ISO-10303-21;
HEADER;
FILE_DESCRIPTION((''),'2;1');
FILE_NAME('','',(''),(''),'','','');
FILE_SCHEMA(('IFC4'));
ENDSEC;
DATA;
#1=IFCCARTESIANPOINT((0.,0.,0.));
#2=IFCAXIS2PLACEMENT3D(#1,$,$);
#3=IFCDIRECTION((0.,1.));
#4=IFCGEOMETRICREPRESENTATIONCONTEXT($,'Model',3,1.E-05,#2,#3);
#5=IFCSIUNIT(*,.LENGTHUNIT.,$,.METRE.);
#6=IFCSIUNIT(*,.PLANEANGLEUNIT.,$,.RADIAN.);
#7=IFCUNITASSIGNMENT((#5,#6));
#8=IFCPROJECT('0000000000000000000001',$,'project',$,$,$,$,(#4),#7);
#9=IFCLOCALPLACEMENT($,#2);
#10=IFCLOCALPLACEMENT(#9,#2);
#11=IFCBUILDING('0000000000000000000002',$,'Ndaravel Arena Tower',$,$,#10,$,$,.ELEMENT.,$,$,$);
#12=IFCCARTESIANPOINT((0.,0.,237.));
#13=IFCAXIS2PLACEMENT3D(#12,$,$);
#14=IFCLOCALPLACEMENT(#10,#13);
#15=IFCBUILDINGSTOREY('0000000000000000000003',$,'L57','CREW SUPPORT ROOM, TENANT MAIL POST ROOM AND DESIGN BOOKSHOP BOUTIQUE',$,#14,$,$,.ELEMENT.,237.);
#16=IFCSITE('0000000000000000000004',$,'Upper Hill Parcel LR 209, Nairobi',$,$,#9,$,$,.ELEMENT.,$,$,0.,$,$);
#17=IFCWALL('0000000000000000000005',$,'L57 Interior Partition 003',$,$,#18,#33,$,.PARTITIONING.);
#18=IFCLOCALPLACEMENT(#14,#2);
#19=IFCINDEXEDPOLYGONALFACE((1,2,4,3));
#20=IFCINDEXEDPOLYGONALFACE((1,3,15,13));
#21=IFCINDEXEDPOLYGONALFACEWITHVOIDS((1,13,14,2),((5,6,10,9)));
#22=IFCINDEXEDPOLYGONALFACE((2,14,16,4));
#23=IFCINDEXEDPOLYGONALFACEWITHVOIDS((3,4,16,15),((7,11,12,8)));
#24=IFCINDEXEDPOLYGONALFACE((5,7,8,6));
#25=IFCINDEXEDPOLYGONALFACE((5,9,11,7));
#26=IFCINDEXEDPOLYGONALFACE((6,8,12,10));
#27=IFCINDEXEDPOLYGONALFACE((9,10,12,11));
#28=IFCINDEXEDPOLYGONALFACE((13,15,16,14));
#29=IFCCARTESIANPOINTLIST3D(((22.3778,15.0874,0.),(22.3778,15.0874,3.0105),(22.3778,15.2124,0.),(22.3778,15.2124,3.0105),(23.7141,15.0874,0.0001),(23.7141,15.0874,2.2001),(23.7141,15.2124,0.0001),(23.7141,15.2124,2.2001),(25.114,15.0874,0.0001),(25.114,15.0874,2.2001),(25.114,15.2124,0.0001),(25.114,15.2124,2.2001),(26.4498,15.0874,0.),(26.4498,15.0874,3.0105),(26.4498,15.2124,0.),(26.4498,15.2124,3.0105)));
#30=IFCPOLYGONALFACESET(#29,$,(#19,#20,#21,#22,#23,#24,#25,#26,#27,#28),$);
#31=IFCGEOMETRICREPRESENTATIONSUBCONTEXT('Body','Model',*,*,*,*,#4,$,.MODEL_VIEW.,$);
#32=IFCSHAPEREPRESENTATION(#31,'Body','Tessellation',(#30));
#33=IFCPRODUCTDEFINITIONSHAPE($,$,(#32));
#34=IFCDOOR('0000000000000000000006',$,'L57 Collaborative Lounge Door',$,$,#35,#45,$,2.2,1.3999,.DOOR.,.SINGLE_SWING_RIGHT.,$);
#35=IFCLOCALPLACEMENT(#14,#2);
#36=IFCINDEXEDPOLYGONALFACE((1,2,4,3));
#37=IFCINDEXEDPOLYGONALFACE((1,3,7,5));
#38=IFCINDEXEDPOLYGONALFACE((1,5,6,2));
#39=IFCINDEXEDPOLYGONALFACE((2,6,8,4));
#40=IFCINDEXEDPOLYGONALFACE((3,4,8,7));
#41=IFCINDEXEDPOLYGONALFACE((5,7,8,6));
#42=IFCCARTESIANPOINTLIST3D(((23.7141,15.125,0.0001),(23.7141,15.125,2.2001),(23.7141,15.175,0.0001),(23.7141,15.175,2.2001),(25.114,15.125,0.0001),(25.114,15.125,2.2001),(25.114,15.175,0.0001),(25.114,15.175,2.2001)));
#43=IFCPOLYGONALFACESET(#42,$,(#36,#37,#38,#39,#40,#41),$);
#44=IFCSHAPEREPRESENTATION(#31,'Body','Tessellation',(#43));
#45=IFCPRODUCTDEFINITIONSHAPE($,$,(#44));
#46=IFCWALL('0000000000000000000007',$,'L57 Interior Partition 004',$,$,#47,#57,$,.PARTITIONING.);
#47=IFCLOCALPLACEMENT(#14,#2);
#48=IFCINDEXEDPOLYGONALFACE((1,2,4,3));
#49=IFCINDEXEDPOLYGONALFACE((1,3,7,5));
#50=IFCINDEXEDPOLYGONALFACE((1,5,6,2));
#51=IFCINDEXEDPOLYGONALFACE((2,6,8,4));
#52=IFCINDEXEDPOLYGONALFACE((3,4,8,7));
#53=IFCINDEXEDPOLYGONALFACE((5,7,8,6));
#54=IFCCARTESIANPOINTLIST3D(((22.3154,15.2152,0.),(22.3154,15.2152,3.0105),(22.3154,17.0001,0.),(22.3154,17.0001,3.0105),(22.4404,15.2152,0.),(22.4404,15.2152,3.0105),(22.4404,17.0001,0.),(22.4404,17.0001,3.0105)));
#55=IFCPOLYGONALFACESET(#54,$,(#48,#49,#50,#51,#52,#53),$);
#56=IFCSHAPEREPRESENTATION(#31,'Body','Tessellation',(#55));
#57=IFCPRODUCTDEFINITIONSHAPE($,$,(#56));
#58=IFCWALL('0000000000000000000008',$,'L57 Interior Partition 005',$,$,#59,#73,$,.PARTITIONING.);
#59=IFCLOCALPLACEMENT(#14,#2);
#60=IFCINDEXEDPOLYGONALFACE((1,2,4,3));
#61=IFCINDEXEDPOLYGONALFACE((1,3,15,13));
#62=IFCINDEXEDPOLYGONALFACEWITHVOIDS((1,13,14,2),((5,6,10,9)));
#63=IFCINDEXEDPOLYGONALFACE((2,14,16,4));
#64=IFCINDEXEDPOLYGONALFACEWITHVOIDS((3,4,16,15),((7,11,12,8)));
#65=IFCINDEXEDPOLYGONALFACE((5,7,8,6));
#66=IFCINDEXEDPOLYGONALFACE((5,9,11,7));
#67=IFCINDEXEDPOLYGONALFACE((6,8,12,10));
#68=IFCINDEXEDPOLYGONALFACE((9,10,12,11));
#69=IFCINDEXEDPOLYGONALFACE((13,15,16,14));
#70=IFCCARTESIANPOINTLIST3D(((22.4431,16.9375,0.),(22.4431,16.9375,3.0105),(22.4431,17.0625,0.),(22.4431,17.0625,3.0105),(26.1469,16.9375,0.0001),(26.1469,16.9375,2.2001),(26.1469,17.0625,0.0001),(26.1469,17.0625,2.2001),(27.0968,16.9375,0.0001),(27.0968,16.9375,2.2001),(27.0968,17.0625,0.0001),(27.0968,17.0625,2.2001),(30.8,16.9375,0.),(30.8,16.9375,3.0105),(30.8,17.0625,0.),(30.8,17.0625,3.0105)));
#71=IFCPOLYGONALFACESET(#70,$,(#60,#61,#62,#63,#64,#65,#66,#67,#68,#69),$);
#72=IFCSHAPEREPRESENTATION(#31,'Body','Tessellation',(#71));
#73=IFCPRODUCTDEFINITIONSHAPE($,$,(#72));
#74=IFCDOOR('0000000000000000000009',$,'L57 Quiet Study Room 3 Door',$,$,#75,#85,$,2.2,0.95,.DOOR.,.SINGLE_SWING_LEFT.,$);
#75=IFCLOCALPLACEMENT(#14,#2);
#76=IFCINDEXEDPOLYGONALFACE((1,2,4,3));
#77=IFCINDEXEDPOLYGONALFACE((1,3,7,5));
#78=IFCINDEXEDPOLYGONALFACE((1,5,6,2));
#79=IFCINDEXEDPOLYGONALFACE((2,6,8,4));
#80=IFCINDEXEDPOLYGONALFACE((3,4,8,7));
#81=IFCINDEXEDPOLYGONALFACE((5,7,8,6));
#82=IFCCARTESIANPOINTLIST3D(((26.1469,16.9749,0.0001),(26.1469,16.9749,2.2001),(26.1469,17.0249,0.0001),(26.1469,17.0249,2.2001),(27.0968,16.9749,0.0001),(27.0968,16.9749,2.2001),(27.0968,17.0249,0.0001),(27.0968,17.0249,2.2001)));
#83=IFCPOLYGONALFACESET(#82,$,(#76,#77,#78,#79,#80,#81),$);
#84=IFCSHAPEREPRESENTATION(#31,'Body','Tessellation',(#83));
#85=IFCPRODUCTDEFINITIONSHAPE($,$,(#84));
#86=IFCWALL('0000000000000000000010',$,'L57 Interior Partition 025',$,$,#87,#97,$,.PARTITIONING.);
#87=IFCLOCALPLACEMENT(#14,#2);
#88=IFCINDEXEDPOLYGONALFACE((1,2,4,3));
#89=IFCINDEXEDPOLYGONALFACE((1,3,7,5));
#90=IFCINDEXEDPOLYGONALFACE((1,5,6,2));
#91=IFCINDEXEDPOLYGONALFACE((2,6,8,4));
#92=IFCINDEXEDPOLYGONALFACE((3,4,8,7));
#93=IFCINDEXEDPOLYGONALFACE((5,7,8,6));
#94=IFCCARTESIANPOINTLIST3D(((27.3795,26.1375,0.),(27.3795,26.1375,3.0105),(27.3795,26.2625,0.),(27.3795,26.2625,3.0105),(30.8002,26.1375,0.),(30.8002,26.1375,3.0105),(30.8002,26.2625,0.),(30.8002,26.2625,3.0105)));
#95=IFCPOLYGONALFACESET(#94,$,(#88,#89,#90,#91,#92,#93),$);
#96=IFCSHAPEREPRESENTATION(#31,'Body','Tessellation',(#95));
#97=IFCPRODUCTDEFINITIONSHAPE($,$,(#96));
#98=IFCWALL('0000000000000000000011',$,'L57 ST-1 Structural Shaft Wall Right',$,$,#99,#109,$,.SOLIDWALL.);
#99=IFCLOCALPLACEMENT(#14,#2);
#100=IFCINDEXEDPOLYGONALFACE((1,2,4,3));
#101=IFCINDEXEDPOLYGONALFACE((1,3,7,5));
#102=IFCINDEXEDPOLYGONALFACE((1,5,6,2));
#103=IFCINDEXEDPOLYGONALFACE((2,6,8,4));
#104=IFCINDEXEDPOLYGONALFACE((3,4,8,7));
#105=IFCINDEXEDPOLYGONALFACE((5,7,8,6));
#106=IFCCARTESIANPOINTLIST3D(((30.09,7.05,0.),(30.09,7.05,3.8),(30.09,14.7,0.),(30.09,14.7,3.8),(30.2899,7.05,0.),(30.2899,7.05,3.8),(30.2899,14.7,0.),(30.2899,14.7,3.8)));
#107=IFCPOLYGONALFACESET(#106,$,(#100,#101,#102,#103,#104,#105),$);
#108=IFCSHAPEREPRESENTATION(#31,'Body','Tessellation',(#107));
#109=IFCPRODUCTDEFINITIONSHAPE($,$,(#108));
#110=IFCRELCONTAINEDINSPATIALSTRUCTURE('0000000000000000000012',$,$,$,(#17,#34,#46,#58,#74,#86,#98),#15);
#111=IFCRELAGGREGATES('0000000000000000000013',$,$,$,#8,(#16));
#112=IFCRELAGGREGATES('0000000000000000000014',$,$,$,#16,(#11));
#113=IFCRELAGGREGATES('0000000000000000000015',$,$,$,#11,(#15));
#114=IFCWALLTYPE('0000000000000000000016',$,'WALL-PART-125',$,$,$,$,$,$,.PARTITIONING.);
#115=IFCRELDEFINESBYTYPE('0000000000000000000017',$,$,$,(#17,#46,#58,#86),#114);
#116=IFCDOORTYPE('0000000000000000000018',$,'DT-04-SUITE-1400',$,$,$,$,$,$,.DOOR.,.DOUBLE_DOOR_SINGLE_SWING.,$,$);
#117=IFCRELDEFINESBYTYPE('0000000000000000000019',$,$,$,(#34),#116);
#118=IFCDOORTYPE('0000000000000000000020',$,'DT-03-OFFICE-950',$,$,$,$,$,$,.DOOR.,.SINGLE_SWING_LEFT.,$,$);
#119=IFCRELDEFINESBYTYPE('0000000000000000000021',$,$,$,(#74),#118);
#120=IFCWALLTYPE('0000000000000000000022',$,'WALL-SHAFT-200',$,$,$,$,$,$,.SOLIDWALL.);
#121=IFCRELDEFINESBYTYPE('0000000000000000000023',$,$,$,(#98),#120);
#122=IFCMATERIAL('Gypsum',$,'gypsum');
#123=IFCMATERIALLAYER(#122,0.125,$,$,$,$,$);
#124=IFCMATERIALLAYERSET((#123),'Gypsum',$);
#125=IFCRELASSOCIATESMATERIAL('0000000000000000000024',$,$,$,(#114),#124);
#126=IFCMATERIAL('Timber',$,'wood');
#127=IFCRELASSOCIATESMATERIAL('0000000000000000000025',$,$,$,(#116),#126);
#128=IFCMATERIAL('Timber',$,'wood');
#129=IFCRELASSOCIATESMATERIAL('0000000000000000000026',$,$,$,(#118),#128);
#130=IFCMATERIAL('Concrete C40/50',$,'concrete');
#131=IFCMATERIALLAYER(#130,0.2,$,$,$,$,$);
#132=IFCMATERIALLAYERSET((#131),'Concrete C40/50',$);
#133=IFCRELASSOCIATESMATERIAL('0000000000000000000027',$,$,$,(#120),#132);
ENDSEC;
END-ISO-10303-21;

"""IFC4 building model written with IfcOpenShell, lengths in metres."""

from ifc_helpers import new_model, si_unit, direction, frame, frame_2d, origin, place, context, subcontext, project, spatial, rectangle, extrude, material, layer, layer_set, type_object, element, fill, save


model = new_model("IFC4")

# Units and contexts
model_context = context("Model", 3, precision=1e-05, world=origin(), true_north=direction((0.0, 1.0)))
body_context = subcontext(model_context, "Body", "Model", "MODEL_VIEW")
ifc_project = project(units=[si_unit("LENGTHUNIT", "METRE"), si_unit("PLANEANGLEUNIT", "RADIAN")], contexts=[model_context])

# Site, building, storey
site_placement = place(None, origin())
site = spatial("IfcSite", under=ifc_project, at=site_placement, Name="Upper Hill Parcel LR 209, Nairobi", CompositionType="ELEMENT", RefElevation=0.0)
building_placement = place(site_placement, origin())
building = spatial("IfcBuilding", under=site, at=building_placement, Name="Ndaravel Arena Tower", CompositionType="ELEMENT")
storey_placement = place(building_placement, frame((0.0, 0.0, 237.0)))
storey = spatial("IfcBuildingStorey", under=building, at=storey_placement, Name="L57", Description="CREW SUPPORT ROOM, TENANT MAIL POST ROOM AND DESIGN BOOKSHOP BOUTIQUE", CompositionType="ELEMENT", Elevation=237.0)

# Wall, opening, door
ifc_material_1 = material(Name="Gypsum", Category="gypsum")
ifc_layer_1 = layer(ifc_material_1, 0.125)
ifc_layer_set_1 = layer_set([ifc_layer_1], Name="Gypsum")
wall_type_1 = type_object("IfcWallType", Name="WALL-PART-125", PredefinedType="PARTITIONING", material=ifc_layer_set_1)
wall_1_placement = place(storey_placement, frame((26.45, 15.1499, 0.0), z_axis=(0.0, 0.0, 1.0), x_axis=(-1.0, 0.0, 0.0)))
wall_1 = element("IfcWall", 1, at=wall_1_placement, inside=storey, type_object=wall_type_1, Name="L57 Interior Partition 003", PredefinedType="PARTITIONING", context=body_context, shape_type="SweptSolid", body=[
    extrude(rectangle(XDim=4.072, YDim=0.125, at=frame_2d((2.0361, 0.0))), origin(), (0.0, 0.0, 1.0), 3.0105),
])
opening_1_placement = place(wall_1_placement, frame((1.3359, 0.0, 0.0)))
opening_1 = element("IfcOpeningElement", 2, at=opening_1_placement, cuts=wall_1, PredefinedType="OPENING", context=body_context, shape_type="SweptSolid", body=[
    extrude(rectangle(XDim=1.3999, YDim=2.2, at=frame_2d((0.7, 1.1001))), frame((0.0, 0.0625, 0.0), z_axis=(0.0, -1.0, 0.0), x_axis=(1.0, 0.0, 0.0)), (0.0, 0.0, 1.0), 0.125),
])
ifc_material_2 = material(Name="Timber", Category="wood")
door_type_1 = type_object("IfcDoorType", Name="DT-04-SUITE-1400", OperationType="DOUBLE_DOOR_SINGLE_SWING", PredefinedType="DOOR", material=ifc_material_2)
door_1_placement = place(opening_1_placement, origin())
door_1 = element("IfcDoor", 3, at=door_1_placement, inside=storey, type_object=door_type_1, Name="L57 Collaborative Lounge Door", OperationType="SINGLE_SWING_RIGHT", OverallHeight=2.2, OverallWidth=1.3999, PredefinedType="DOOR", context=body_context, shape_type="SweptSolid", body=[
    extrude(rectangle(XDim=1.3999, YDim=2.2, at=frame_2d((0.7, 1.1001))), frame((0.0, 0.0249, 0.0), z_axis=(0.0, -1.0, 0.0), x_axis=(1.0, 0.0, 0.0)), (0.0, 0.0, 1.0), 0.05),
])
fill(opening_1, door_1)

# Wall
wall_2_placement = place(storey_placement, frame((22.3779, 15.2151, 0.0), z_axis=(0.0, 0.0, 1.0), x_axis=(0.0, 1.0, 0.0)))
element("IfcWall", 4, at=wall_2_placement, inside=storey, type_object=wall_type_1, Name="L57 Interior Partition 004", PredefinedType="PARTITIONING", context=body_context, shape_type="SweptSolid", body=[
    extrude(rectangle(XDim=1.7849, YDim=0.125, at=frame_2d((0.8926, 0.0))), origin(), (0.0, 0.0, 1.0), 3.0105),
])

# Wall, opening, door
wall_3_placement = place(storey_placement, frame((22.4431, 17.0, 0.0), z_axis=(0.0, 0.0, 1.0), x_axis=(1.0, 0.0, 0.0)))
wall_3 = element("IfcWall", 5, at=wall_3_placement, inside=storey, type_object=wall_type_1, Name="L57 Interior Partition 005", PredefinedType="PARTITIONING", context=body_context, shape_type="SweptSolid", body=[
    extrude(rectangle(XDim=8.3569, YDim=0.125, at=frame_2d((4.1785, 0.0))), origin(), (0.0, 0.0, 1.0), 3.0105),
])
opening_2_placement = place(wall_3_placement, frame((3.7036, 0.0, 0.0)))
opening_2 = element("IfcOpeningElement", 6, at=opening_2_placement, cuts=wall_3, PredefinedType="OPENING", context=body_context, shape_type="SweptSolid", body=[
    extrude(rectangle(XDim=0.95, YDim=2.2, at=frame_2d((0.4751, 1.1001))), frame((0.0, 0.0625, 0.0), z_axis=(0.0, -1.0, 0.0), x_axis=(1.0, 0.0, 0.0)), (0.0, 0.0, 1.0), 0.125),
])
ifc_material_3 = material(Name="Timber", Category="wood")
door_type_2 = type_object("IfcDoorType", Name="DT-03-OFFICE-950", OperationType="SINGLE_SWING_LEFT", PredefinedType="DOOR", material=ifc_material_3)
door_2_placement = place(opening_2_placement, origin())
door_2 = element("IfcDoor", 7, at=door_2_placement, inside=storey, type_object=door_type_2, Name="L57 Quiet Study Room 3 Door", OperationType="SINGLE_SWING_LEFT", OverallHeight=2.2, OverallWidth=0.95, PredefinedType="DOOR", context=body_context, shape_type="SweptSolid", body=[
    extrude(rectangle(XDim=0.95, YDim=2.2, at=frame_2d((0.4751, 1.1001))), frame((0.0, 0.0249, 0.0), z_axis=(0.0, -1.0, 0.0), x_axis=(1.0, 0.0, 0.0)), (0.0, 0.0, 1.0), 0.05),
])
fill(opening_2, door_2)

# Walls
wall_4_placement = place(storey_placement, frame((27.3794, 26.2, 0.0), z_axis=(0.0, 0.0, 1.0), x_axis=(1.0, 0.0, 0.0)))
element("IfcWall", 8, at=wall_4_placement, inside=storey, type_object=wall_type_1, Name="L57 Interior Partition 025", PredefinedType="PARTITIONING", context=body_context, shape_type="SweptSolid", body=[
    extrude(rectangle(XDim=3.4207, YDim=0.125, at=frame_2d((1.7104, 0.0))), origin(), (0.0, 0.0, 1.0), 3.0105),
])
ifc_material_4 = material(Name="Concrete C40/50", Category="concrete")
ifc_layer_2 = layer(ifc_material_4, 0.2)
ifc_layer_set_2 = layer_set([ifc_layer_2], Name="Concrete C40/50")
wall_type_2 = type_object("IfcWallType", Name="WALL-SHAFT-200", PredefinedType="SOLIDWALL", material=ifc_layer_set_2)
wall_5_placement = place(storey_placement, frame((30.1899, 14.7, 0.0), z_axis=(0.0, 0.0, 1.0), x_axis=(0.0, -1.0, 0.0)))
element("IfcWall", 9, at=wall_5_placement, inside=storey, type_object=wall_type_2, Name="L57 ST-1 Structural Shaft Wall Right", PredefinedType="SOLIDWALL", context=body_context, shape_type="SweptSolid", body=[
    extrude(rectangle(XDim=7.6499, YDim=0.2, at=frame_2d((3.825, 0.0))), origin(), (0.0, 0.0, 1.0), 3.8),
])

save(model, "model.ifc")
